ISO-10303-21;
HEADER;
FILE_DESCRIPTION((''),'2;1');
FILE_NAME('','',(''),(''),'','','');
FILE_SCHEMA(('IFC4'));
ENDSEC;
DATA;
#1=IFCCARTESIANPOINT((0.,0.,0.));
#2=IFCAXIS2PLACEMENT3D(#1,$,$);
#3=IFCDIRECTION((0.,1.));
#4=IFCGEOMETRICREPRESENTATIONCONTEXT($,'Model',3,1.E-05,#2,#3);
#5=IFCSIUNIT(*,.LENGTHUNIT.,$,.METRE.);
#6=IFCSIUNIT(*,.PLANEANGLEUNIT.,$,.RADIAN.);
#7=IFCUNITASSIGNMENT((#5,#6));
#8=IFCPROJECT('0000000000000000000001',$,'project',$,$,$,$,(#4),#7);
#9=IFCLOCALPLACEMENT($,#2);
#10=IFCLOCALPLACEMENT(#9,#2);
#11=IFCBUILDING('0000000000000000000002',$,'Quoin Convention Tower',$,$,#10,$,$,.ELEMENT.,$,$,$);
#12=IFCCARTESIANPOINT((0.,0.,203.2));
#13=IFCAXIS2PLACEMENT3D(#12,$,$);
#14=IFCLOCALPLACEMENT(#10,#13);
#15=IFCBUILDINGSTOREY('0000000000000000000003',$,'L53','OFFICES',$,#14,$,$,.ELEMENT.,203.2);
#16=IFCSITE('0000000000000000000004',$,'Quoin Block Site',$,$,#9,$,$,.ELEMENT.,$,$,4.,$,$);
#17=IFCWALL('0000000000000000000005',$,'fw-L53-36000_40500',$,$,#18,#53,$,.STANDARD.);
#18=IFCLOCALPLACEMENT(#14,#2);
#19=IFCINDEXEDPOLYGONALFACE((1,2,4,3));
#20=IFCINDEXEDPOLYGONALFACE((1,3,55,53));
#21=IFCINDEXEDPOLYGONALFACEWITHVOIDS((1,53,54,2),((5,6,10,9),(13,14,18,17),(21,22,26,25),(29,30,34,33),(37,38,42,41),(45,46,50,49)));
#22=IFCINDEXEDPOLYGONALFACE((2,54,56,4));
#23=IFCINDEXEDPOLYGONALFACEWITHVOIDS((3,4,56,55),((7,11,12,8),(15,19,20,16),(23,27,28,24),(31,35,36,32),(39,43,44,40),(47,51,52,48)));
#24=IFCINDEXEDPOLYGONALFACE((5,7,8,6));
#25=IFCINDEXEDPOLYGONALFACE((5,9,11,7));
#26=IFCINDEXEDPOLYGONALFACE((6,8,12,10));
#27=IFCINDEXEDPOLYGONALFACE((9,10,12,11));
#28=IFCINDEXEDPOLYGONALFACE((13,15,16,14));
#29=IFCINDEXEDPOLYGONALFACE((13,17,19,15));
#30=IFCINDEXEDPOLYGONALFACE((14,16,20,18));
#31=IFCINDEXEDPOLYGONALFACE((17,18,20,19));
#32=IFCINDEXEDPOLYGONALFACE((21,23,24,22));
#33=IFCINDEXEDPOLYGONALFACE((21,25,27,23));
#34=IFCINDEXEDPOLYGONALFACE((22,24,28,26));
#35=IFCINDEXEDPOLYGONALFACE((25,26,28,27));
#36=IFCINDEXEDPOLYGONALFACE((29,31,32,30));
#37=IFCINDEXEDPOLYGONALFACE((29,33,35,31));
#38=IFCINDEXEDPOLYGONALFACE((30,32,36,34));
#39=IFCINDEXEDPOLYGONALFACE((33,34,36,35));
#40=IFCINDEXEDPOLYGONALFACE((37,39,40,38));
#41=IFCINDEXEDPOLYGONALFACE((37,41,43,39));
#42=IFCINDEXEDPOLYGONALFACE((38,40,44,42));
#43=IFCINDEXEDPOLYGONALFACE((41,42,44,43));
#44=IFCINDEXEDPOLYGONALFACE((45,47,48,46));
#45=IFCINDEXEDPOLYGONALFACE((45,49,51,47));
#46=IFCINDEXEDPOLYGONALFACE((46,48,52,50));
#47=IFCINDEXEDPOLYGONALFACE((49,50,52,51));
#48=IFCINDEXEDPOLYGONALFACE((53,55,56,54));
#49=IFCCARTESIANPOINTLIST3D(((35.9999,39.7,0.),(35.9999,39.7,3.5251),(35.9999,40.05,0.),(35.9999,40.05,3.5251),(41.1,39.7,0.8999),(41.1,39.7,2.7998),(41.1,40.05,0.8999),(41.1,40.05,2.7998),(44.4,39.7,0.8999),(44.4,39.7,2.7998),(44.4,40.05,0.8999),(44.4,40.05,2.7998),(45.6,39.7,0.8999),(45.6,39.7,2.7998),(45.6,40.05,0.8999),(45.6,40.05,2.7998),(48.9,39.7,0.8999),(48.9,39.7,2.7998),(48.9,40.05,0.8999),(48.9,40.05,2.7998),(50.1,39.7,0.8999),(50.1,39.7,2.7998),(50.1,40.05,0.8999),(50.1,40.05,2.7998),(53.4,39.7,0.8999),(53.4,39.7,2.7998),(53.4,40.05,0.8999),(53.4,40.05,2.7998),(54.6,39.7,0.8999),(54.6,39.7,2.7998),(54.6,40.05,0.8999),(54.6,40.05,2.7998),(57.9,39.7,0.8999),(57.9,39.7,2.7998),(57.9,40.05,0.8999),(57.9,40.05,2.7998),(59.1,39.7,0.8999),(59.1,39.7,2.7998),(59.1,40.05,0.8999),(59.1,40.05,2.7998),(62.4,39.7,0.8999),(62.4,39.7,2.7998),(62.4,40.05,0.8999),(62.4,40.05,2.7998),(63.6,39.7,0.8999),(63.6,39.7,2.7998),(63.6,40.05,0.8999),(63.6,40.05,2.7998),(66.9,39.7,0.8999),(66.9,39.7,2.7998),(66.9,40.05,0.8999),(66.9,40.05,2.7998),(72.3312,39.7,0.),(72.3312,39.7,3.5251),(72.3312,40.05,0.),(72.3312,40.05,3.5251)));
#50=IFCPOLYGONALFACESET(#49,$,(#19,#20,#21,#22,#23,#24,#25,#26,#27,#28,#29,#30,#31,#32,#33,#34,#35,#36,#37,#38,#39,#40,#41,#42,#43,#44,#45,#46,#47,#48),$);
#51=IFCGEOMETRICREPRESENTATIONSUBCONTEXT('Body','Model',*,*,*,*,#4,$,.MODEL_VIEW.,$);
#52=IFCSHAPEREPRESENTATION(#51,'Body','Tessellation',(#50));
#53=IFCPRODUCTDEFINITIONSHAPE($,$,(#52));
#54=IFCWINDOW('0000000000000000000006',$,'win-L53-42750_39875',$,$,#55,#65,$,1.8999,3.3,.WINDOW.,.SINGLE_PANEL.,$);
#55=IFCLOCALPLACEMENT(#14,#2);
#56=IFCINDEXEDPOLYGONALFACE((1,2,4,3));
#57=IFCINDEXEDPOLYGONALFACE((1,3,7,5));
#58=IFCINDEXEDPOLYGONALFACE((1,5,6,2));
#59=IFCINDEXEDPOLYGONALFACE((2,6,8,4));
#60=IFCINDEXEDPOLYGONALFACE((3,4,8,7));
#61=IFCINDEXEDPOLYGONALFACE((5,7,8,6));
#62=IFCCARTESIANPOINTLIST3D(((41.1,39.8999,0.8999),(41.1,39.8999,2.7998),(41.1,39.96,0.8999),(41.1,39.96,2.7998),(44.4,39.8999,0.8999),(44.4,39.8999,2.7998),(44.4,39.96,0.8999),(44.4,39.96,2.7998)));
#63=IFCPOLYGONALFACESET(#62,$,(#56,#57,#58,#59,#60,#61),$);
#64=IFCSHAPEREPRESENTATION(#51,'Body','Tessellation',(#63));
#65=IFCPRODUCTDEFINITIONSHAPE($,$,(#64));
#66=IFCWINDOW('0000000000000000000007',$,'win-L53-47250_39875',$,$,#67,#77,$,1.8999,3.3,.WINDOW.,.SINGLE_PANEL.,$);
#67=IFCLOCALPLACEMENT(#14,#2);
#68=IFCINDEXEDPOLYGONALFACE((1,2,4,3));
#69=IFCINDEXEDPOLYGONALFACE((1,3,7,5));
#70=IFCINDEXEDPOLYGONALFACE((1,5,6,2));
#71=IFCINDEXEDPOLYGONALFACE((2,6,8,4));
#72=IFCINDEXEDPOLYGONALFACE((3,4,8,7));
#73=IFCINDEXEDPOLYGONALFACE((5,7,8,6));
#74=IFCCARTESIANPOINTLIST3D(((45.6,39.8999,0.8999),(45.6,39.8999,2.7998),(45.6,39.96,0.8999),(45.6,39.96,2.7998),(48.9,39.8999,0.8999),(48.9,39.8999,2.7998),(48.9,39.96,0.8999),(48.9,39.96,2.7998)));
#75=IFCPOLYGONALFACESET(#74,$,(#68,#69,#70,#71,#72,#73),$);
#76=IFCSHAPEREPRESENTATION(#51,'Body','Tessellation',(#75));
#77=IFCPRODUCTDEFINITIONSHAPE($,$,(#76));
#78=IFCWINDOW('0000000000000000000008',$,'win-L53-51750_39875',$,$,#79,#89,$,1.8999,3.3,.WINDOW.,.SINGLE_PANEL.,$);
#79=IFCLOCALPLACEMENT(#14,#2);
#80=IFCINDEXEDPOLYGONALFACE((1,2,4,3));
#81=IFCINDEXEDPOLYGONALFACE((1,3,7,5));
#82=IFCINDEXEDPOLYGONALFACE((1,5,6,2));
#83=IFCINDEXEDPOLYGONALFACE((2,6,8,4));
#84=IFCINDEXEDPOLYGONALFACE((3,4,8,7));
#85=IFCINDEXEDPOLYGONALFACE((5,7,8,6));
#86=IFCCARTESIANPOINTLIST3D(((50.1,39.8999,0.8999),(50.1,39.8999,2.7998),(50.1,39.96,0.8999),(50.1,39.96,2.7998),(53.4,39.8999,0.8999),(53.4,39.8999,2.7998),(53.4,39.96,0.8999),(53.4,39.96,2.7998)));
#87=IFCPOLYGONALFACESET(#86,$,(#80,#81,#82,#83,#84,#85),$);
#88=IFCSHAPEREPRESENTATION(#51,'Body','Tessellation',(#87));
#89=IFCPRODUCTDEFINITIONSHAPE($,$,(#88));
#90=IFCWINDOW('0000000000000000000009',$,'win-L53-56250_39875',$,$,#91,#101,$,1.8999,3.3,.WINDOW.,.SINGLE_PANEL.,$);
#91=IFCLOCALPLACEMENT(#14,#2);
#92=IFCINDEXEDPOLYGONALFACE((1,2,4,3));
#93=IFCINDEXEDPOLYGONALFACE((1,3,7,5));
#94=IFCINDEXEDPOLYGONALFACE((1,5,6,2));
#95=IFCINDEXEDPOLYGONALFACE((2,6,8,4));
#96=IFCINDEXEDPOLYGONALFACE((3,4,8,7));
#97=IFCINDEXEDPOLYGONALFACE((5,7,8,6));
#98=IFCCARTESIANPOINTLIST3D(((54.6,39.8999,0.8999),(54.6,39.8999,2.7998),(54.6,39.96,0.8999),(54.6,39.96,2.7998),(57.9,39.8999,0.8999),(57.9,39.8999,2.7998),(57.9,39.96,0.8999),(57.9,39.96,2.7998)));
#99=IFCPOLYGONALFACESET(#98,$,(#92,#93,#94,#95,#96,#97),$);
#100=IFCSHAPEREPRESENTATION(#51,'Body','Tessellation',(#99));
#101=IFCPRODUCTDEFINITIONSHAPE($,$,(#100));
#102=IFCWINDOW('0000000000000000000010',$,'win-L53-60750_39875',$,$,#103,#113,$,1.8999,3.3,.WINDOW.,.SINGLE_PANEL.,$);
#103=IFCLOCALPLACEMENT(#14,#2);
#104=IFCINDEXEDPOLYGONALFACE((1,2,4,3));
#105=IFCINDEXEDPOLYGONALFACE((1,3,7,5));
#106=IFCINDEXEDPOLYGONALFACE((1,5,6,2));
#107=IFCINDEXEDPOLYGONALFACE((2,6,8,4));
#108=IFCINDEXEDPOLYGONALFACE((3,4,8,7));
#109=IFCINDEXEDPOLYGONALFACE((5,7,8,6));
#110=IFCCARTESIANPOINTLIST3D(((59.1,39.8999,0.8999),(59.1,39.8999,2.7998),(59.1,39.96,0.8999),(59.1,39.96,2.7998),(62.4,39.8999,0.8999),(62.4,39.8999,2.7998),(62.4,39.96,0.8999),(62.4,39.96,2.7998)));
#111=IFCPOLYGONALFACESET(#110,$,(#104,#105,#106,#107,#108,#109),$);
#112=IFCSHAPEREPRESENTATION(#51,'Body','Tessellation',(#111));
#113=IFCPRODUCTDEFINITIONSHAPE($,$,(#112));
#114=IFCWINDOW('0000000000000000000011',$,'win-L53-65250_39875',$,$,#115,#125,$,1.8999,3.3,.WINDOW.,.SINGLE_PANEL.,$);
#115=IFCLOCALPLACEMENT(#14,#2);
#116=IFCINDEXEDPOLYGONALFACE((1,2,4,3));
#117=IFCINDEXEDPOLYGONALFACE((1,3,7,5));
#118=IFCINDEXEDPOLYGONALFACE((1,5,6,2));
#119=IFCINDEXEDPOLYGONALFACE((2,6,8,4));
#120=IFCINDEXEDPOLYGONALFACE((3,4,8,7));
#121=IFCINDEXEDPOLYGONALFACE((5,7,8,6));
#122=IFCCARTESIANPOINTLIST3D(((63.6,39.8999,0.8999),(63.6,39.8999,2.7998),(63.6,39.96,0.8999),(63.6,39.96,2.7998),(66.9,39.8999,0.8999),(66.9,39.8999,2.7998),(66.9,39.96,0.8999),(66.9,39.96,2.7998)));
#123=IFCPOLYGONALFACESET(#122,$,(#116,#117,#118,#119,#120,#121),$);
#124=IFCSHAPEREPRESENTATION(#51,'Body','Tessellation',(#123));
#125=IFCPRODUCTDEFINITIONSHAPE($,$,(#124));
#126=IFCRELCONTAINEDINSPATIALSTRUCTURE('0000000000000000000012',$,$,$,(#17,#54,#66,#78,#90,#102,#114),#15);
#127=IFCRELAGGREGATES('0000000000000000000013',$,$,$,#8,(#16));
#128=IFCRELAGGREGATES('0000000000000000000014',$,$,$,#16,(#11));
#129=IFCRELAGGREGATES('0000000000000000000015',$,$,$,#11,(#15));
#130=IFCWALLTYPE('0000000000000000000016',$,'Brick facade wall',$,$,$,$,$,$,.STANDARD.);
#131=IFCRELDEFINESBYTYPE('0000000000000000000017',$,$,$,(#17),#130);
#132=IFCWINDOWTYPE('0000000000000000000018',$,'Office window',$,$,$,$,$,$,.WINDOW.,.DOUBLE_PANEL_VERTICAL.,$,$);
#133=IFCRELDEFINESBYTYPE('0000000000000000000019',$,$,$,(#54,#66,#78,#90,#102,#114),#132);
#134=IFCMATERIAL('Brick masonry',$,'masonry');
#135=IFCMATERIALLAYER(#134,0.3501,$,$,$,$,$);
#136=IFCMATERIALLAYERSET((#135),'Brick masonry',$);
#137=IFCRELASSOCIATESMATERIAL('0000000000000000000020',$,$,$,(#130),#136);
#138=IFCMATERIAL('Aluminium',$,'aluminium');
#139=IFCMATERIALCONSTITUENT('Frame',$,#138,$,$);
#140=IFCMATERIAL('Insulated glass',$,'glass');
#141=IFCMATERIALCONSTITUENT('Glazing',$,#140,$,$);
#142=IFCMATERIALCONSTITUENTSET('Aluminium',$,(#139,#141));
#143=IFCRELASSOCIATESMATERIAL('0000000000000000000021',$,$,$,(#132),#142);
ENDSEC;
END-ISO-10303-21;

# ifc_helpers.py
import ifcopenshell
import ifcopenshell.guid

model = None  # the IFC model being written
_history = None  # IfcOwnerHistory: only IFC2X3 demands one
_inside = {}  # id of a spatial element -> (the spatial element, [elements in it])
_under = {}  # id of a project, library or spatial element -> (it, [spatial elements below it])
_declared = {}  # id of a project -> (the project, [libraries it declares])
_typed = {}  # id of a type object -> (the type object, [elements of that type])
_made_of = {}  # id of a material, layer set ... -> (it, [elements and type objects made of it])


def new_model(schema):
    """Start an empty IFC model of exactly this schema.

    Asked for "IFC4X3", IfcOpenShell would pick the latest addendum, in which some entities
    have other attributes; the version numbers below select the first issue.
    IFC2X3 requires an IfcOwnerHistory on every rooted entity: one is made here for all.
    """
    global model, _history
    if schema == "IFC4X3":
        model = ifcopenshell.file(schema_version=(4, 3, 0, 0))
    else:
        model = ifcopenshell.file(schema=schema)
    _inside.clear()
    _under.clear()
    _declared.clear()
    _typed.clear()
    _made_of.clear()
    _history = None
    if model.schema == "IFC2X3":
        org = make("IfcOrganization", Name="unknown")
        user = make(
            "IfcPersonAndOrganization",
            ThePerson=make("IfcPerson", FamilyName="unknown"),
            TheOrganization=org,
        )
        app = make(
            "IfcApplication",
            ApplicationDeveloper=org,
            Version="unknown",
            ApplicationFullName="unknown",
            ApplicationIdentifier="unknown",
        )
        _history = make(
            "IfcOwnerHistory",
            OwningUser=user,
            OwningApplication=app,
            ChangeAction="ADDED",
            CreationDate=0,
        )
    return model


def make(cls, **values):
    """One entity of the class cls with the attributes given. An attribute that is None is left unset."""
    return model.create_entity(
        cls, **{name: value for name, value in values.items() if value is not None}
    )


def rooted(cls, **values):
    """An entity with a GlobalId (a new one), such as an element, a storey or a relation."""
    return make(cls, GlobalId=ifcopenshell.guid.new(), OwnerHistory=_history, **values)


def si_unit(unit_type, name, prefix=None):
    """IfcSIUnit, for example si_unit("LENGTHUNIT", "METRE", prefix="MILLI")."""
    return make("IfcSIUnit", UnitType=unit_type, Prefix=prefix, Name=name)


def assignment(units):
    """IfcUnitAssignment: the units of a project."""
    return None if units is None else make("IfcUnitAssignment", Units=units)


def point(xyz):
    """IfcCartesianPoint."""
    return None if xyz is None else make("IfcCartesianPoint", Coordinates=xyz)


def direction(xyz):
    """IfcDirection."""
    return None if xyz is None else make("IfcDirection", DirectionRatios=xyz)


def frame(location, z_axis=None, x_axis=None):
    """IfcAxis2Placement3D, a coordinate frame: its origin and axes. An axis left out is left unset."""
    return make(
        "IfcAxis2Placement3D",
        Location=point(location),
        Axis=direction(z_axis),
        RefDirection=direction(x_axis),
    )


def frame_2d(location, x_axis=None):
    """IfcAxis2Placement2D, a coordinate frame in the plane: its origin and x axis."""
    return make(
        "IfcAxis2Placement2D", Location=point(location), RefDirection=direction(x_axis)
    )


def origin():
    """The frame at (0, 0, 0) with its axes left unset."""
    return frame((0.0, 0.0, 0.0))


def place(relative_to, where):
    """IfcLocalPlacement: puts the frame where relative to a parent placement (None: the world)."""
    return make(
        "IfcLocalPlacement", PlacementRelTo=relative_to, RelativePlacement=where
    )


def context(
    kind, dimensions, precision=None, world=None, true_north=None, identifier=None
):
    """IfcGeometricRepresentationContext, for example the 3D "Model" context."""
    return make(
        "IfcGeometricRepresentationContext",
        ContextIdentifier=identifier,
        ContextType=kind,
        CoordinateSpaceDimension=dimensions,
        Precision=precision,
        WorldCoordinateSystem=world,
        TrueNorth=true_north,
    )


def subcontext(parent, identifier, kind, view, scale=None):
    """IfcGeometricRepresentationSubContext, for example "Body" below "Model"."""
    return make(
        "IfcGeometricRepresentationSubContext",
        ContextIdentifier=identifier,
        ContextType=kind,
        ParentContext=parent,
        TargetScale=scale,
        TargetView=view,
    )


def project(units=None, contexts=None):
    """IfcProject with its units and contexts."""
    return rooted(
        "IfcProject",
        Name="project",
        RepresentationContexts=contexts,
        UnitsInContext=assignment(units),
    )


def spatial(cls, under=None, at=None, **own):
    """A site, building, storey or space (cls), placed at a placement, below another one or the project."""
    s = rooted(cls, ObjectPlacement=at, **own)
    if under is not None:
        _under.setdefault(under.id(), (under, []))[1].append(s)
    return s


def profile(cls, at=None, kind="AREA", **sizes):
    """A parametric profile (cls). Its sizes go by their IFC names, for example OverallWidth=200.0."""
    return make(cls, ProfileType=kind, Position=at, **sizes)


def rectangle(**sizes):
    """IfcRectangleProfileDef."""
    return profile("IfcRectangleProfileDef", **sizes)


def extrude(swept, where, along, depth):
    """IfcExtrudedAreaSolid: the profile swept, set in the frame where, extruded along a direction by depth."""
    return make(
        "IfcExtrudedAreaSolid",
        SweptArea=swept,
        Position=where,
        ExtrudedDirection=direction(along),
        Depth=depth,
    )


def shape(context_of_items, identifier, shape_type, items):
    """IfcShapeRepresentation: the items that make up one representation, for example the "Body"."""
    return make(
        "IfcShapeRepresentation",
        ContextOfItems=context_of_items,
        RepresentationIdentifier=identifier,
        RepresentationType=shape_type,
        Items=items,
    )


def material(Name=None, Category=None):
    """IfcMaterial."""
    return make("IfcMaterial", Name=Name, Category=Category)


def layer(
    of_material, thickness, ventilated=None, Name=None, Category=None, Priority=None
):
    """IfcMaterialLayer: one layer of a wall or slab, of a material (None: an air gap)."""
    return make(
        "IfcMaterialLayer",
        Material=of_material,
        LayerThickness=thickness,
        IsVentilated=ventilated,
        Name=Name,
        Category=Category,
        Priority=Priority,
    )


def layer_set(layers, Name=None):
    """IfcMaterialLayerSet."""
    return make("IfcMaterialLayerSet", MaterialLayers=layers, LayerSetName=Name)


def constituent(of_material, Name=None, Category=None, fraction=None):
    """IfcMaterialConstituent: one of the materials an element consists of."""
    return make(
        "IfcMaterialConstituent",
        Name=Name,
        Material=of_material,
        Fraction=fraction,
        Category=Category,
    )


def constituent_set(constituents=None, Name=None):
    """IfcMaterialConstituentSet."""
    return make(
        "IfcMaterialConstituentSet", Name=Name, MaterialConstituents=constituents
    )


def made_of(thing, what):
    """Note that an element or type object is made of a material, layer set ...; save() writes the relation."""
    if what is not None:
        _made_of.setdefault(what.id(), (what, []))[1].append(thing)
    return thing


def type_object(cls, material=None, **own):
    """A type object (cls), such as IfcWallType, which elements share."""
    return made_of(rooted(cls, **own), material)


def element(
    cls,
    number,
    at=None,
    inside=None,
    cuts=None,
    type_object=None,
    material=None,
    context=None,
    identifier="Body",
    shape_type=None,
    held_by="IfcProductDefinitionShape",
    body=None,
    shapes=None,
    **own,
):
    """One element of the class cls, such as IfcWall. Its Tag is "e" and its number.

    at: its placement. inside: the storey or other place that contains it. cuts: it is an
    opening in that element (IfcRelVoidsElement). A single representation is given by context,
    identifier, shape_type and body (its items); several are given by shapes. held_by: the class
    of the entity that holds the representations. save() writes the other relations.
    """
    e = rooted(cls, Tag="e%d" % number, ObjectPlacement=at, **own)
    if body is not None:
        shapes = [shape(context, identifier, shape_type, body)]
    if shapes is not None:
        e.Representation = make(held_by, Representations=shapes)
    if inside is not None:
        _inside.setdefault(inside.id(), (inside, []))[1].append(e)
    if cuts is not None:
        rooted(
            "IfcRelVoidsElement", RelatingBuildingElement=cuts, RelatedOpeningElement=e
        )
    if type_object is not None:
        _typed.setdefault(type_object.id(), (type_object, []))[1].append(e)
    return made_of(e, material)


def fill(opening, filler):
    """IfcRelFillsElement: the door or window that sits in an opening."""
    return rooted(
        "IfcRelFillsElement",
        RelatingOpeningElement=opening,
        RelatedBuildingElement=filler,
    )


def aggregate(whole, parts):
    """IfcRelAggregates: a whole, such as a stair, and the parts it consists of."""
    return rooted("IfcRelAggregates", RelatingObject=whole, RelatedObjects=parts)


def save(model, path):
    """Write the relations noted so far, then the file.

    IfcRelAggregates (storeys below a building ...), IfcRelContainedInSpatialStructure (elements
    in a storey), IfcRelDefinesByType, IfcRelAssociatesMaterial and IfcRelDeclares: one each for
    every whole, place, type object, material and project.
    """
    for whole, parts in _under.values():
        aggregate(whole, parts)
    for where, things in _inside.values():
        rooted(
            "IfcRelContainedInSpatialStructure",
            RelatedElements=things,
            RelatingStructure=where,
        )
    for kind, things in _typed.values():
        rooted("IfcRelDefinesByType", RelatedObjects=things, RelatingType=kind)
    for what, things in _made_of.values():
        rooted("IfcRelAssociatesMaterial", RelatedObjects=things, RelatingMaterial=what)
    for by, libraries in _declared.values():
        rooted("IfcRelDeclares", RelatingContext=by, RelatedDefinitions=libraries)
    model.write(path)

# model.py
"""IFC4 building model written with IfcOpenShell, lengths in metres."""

from ifc_helpers import new_model, si_unit, direction, frame, frame_2d, origin, place, context, subcontext, project, spatial, rectangle, extrude, material, layer, layer_set, constituent, constituent_set, type_object, element, fill, save


model = new_model("IFC4")

# Units and contexts
model_context = context("Model", 3, precision=1e-05, world=origin(), true_north=direction((0.0, 1.0)))
body_context = subcontext(model_context, "Body", "Model", "MODEL_VIEW")
ifc_project = project(units=[si_unit("LENGTHUNIT", "METRE"), si_unit("PLANEANGLEUNIT", "RADIAN")], contexts=[model_context])

# Site, building, storey
site_placement = place(None, origin())
site = spatial("IfcSite", under=ifc_project, at=site_placement, Name="Quoin Block Site", CompositionType="ELEMENT", RefElevation=4.0)
building_placement = place(site_placement, origin())
building = spatial("IfcBuilding", under=site, at=building_placement, Name="Quoin Convention Tower", CompositionType="ELEMENT")
storey_placement = place(building_placement, frame((0.0, 0.0, 203.2)))
storey = spatial("IfcBuildingStorey", under=building, at=storey_placement, Name="L53", Description="OFFICES", CompositionType="ELEMENT", Elevation=203.2)

# Wall, openings, windows
ifc_material_1 = material(Name="Brick masonry", Category="masonry")
ifc_layer_1 = layer(ifc_material_1, 0.3501)
ifc_layer_set_1 = layer_set([ifc_layer_1], Name="Brick masonry")
wall_type = type_object("IfcWallType", Name="Brick facade wall", PredefinedType="STANDARD", material=ifc_layer_set_1)
wall_1_placement = place(storey_placement, frame((36.0, 39.875, 0.0), z_axis=(0.0, 0.0, 1.0), x_axis=(1.0, 0.0, 0.0)))
wall_1 = element("IfcWall", 1, at=wall_1_placement, inside=storey, type_object=wall_type, Name="fw-L53-36000_40500", PredefinedType="STANDARD", context=body_context, shape_type="SweptSolid", body=[
    extrude(rectangle(XDim=36.3313, YDim=0.3501, at=frame_2d((18.1655, 0.0))), origin(), (0.0, 0.0, 1.0), 3.5251),
])
opening_1_placement = place(wall_1_placement, frame((5.1001, 0.0, 0.8999)))
opening_1 = element("IfcOpeningElement", 2, at=opening_1_placement, cuts=wall_1, PredefinedType="OPENING", context=body_context, shape_type="SweptSolid", body=[
    extrude(rectangle(XDim=3.3, YDim=1.8999, at=frame_2d((1.6499, 0.95))), frame((0.0, 0.1851, 0.0), z_axis=(0.0, -1.0, 0.0), x_axis=(1.0, 0.0, 0.0)), (0.0, 0.0, 1.0), 0.3701),
])
opening_2_placement = place(wall_1_placement, frame((9.6001, 0.0, 0.8999)))
opening_2 = element("IfcOpeningElement", 3, at=opening_2_placement, cuts=wall_1, PredefinedType="OPENING", context=body_context, shape_type="SweptSolid", body=[
    extrude(rectangle(XDim=3.3, YDim=1.8999, at=frame_2d((1.6499, 0.95))), frame((0.0, 0.1851, 0.0), z_axis=(0.0, -1.0, 0.0), x_axis=(1.0, 0.0, 0.0)), (0.0, 0.0, 1.0), 0.3701),
])
opening_3_placement = place(wall_1_placement, frame((14.1001, 0.0, 0.8999)))
opening_3 = element("IfcOpeningElement", 4, at=opening_3_placement, cuts=wall_1, PredefinedType="OPENING", context=body_context, shape_type="SweptSolid", body=[
    extrude(rectangle(XDim=3.3, YDim=1.8999, at=frame_2d((1.6499, 0.95))), frame((0.0, 0.1851, 0.0), z_axis=(0.0, -1.0, 0.0), x_axis=(1.0, 0.0, 0.0)), (0.0, 0.0, 1.0), 0.3701),
])
opening_4_placement = place(wall_1_placement, frame((18.6001, 0.0, 0.8999)))
opening_4 = element("IfcOpeningElement", 5, at=opening_4_placement, cuts=wall_1, PredefinedType="OPENING", context=body_context, shape_type="SweptSolid", body=[
    extrude(rectangle(XDim=3.3, YDim=1.8999, at=frame_2d((1.6499, 0.95))), frame((0.0, 0.1851, 0.0), z_axis=(0.0, -1.0, 0.0), x_axis=(1.0, 0.0, 0.0)), (0.0, 0.0, 1.0), 0.3701),
])
opening_5_placement = place(wall_1_placement, frame((23.1001, 0.0, 0.8999)))
opening_5 = element("IfcOpeningElement", 6, at=opening_5_placement, cuts=wall_1, PredefinedType="OPENING", context=body_context, shape_type="SweptSolid", body=[
    extrude(rectangle(XDim=3.3, YDim=1.8999, at=frame_2d((1.6499, 0.95))), frame((0.0, 0.1851, 0.0), z_axis=(0.0, -1.0, 0.0), x_axis=(1.0, 0.0, 0.0)), (0.0, 0.0, 1.0), 0.3701),
])
opening_6_placement = place(wall_1_placement, frame((27.6001, 0.0, 0.8999)))
opening_6 = element("IfcOpeningElement", 7, at=opening_6_placement, cuts=wall_1, PredefinedType="OPENING", context=body_context, shape_type="SweptSolid", body=[
    extrude(rectangle(XDim=3.3, YDim=1.8999, at=frame_2d((1.6499, 0.95))), frame((0.0, 0.1851, 0.0), z_axis=(0.0, -1.0, 0.0), x_axis=(1.0, 0.0, 0.0)), (0.0, 0.0, 1.0), 0.3701),
])
ifc_material_2 = material(Name="Aluminium", Category="aluminium")
ifc_constituent_1 = constituent(ifc_material_2, Name="Frame")
ifc_material_3 = material(Name="Insulated glass", Category="glass")
ifc_constituent_2 = constituent(ifc_material_3, Name="Glazing")
ifc_constituent_set = constituent_set(constituents=[ifc_constituent_1, ifc_constituent_2], Name="Aluminium")
window_type = type_object("IfcWindowType", Name="Office window", PartitioningType="DOUBLE_PANEL_VERTICAL", PredefinedType="WINDOW", material=ifc_constituent_set)
window_1_placement = place(opening_1_placement, origin())
window_1 = element("IfcWindow", 8, at=window_1_placement, inside=storey, type_object=window_type, Name="win-L53-42750_39875", OverallHeight=1.8999, OverallWidth=3.3, PartitioningType="SINGLE_PANEL", PredefinedType="WINDOW", context=body_context, shape_type="SweptSolid", body=[
    extrude(rectangle(XDim=3.3, YDim=1.8999, at=frame_2d((1.6499, 0.95))), frame((0.0, 0.085, 0.0), z_axis=(0.0, -1.0, 0.0), x_axis=(1.0, 0.0, 0.0)), (0.0, 0.0, 1.0), 0.0601),
])
fill(opening_1, window_1)
window_2_placement = place(opening_2_placement, origin())
window_2 = element("IfcWindow", 9, at=window_2_placement, inside=storey, type_object=window_type, Name="win-L53-47250_39875", OverallHeight=1.8999, OverallWidth=3.3, PartitioningType="SINGLE_PANEL", PredefinedType="WINDOW", context=body_context, shape_type="SweptSolid", body=[
    extrude(rectangle(XDim=3.3, YDim=1.8999, at=frame_2d((1.6499, 0.95))), frame((0.0, 0.085, 0.0), z_axis=(0.0, -1.0, 0.0), x_axis=(1.0, 0.0, 0.0)), (0.0, 0.0, 1.0), 0.0601),
])
fill(opening_2, window_2)
window_3_placement = place(opening_3_placement, origin())
window_3 = element("IfcWindow", 10, at=window_3_placement, inside=storey, type_object=window_type, Name="win-L53-51750_39875", OverallHeight=1.8999, OverallWidth=3.3, PartitioningType="SINGLE_PANEL", PredefinedType="WINDOW", context=body_context, shape_type="SweptSolid", body=[
    extrude(rectangle(XDim=3.3, YDim=1.8999, at=frame_2d((1.6499, 0.95))), frame((0.0, 0.085, 0.0), z_axis=(0.0, -1.0, 0.0), x_axis=(1.0, 0.0, 0.0)), (0.0, 0.0, 1.0), 0.0601),
])
fill(opening_3, window_3)
window_4_placement = place(opening_4_placement, origin())
window_4 = element("IfcWindow", 11, at=window_4_placement, inside=storey, type_object=window_type, Name="win-L53-56250_39875", OverallHeight=1.8999, OverallWidth=3.3, PartitioningType="SINGLE_PANEL", PredefinedType="WINDOW", context=body_context, shape_type="SweptSolid", body=[
    extrude(rectangle(XDim=3.3, YDim=1.8999, at=frame_2d((1.6499, 0.95))), frame((0.0, 0.085, 0.0), z_axis=(0.0, -1.0, 0.0), x_axis=(1.0, 0.0, 0.0)), (0.0, 0.0, 1.0), 0.0601),
])
fill(opening_4, window_4)
window_5_placement = place(opening_5_placement, origin())
window_5 = element("IfcWindow", 12, at=window_5_placement, inside=storey, type_object=window_type, Name="win-L53-60750_39875", OverallHeight=1.8999, OverallWidth=3.3, PartitioningType="SINGLE_PANEL", PredefinedType="WINDOW", context=body_context, shape_type="SweptSolid", body=[
    extrude(rectangle(XDim=3.3, YDim=1.8999, at=frame_2d((1.6499, 0.95))), frame((0.0, 0.085, 0.0), z_axis=(0.0, -1.0, 0.0), x_axis=(1.0, 0.0, 0.0)), (0.0, 0.0, 1.0), 0.0601),
])
fill(opening_5, window_5)
window_6_placement = place(opening_6_placement, origin())
window_6 = element("IfcWindow", 13, at=window_6_placement, inside=storey, type_object=window_type, Name="win-L53-65250_39875", OverallHeight=1.8999, OverallWidth=3.3, PartitioningType="SINGLE_PANEL", PredefinedType="WINDOW", context=body_context, shape_type="SweptSolid", body=[
    extrude(rectangle(XDim=3.3, YDim=1.8999, at=frame_2d((1.6499, 0.95))), frame((0.0, 0.085, 0.0), z_axis=(0.0, -1.0, 0.0), x_axis=(1.0, 0.0, 0.0)), (0.0, 0.0, 1.0), 0.0601),
])
fill(opening_6, window_6)

save(model, "model.ifc")
